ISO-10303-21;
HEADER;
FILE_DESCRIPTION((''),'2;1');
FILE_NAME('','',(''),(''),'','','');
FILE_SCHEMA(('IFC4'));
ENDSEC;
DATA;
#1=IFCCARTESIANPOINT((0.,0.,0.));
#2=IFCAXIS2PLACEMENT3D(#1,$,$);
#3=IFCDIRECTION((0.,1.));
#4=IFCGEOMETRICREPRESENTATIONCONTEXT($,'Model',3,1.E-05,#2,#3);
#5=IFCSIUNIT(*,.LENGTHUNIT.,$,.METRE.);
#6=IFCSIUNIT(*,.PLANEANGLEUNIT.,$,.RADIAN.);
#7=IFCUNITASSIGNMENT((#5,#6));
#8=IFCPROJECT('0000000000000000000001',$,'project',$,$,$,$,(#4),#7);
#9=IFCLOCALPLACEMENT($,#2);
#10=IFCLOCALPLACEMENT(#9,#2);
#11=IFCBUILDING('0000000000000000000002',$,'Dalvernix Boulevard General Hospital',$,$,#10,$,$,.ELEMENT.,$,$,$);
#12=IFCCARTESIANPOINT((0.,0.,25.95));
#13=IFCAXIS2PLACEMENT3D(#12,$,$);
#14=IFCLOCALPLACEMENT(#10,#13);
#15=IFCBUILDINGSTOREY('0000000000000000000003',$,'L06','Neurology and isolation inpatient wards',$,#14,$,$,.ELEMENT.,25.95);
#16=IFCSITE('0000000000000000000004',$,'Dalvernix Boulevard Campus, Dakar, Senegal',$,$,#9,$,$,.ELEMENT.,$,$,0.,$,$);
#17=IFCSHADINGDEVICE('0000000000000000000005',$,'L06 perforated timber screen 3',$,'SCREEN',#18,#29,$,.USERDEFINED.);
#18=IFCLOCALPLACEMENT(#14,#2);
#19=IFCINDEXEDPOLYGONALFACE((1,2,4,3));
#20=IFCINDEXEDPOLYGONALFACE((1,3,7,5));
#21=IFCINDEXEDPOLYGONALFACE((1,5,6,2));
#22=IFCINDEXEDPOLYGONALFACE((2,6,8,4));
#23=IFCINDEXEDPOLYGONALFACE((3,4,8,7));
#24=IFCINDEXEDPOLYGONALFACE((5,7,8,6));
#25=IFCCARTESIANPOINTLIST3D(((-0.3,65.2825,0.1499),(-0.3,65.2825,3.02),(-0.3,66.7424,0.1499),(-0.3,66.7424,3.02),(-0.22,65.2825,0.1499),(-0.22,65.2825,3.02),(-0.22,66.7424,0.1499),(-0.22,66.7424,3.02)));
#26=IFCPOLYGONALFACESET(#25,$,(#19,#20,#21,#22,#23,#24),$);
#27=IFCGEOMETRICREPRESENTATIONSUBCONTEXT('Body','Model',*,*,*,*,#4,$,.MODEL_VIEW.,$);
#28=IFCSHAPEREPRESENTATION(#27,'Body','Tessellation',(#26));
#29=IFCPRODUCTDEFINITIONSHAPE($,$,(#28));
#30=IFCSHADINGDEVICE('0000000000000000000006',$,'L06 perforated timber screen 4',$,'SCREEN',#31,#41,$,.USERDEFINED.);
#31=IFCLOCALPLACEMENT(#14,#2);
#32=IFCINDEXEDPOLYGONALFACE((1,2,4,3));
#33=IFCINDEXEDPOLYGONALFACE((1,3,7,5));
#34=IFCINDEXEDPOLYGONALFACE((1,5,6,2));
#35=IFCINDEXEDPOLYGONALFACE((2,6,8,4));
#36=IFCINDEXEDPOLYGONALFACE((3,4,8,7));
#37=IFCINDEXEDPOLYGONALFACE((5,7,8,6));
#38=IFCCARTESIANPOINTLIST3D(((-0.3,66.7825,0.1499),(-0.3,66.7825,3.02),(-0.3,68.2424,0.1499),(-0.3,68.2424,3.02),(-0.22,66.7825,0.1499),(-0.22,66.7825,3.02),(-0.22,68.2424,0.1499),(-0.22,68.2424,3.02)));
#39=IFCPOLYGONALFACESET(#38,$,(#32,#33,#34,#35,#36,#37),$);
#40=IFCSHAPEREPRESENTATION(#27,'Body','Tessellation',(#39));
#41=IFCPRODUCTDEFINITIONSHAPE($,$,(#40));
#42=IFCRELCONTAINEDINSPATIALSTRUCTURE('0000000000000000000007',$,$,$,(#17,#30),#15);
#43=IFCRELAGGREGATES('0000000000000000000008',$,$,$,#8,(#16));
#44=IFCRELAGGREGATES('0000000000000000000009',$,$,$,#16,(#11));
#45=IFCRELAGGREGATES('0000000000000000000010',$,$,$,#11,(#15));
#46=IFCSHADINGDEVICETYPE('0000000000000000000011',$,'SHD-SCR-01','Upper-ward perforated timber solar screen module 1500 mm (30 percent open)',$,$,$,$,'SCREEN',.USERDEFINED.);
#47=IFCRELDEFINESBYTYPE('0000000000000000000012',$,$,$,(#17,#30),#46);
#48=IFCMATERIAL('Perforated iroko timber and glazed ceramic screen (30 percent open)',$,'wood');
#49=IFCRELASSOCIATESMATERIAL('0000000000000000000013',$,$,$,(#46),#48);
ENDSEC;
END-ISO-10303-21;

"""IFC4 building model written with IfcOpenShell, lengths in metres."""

from ifc_helpers import new_model, si_unit, direction, frame, origin, origin_2d, place, context, subcontext, project, spatial, rectangle, extrude, material, type_object, element, save


model = new_model("IFC4")

# Units and contexts
model_context = context("Model", 3, precision=1e-05, world=origin(), true_north=direction((0.0, 1.0)))
body_context = subcontext(model_context, "Body", "Model", "MODEL_VIEW")
ifc_project = project(units=[si_unit("LENGTHUNIT", "METRE"), si_unit("PLANEANGLEUNIT", "RADIAN")], contexts=[model_context])

# Site, building, storey
site_placement = place(None, origin())
site = spatial("IfcSite", under=ifc_project, at=site_placement, Name="Dalvernix Boulevard Campus, Dakar, Senegal", CompositionType="ELEMENT", RefElevation=0.0)
building_placement = place(site_placement, origin())
building = spatial("IfcBuilding", under=site, at=building_placement, Name="Dalvernix Boulevard General Hospital", CompositionType="ELEMENT")
storey_placement = place(building_placement, frame((0.0, 0.0, 25.95)))
storey = spatial("IfcBuildingStorey", under=building, at=storey_placement, Name="L06", Description="Neurology and isolation inpatient wards", CompositionType="ELEMENT", Elevation=25.95)

# Shading devices
ifc_material_1 = material(Name="Perforated iroko timber and glazed ceramic screen (30 percent open)", Category="wood")
shading_device_type = type_object("IfcShadingDeviceType", Name="SHD-SCR-01", Description="Upper-ward perforated timber solar screen module 1500 mm (30 percent open)", ElementType="SCREEN", PredefinedType="USERDEFINED", material=ifc_material_1)
for number, where, z_axis, x_axis, name in (
    (1, (-0.26, 66.0125, 0.1499), (0.0, 0.0, 1.0), (0.0, 1.0, 0.0), "L06 perforated timber screen 3"),
    (2, (-0.26, 67.5125, 0.1499), (0.0, 0.0, 1.0), (0.0, 1.0, 0.0), "L06 perforated timber screen 4"),
):
    element("IfcShadingDevice", number, at=place(storey_placement, frame(where, z_axis=z_axis, x_axis=x_axis)), inside=storey, type_object=shading_device_type, Name=name, ObjectType="SCREEN", PredefinedType="USERDEFINED", context=body_context, shape_type="SweptSolid", body=[
        extrude(rectangle(XDim=1.46, YDim=0.0801, at=origin_2d()), origin(), (0.0, 0.0, 1.0), 2.8701),
    ])

save(model, "model.ifc")
